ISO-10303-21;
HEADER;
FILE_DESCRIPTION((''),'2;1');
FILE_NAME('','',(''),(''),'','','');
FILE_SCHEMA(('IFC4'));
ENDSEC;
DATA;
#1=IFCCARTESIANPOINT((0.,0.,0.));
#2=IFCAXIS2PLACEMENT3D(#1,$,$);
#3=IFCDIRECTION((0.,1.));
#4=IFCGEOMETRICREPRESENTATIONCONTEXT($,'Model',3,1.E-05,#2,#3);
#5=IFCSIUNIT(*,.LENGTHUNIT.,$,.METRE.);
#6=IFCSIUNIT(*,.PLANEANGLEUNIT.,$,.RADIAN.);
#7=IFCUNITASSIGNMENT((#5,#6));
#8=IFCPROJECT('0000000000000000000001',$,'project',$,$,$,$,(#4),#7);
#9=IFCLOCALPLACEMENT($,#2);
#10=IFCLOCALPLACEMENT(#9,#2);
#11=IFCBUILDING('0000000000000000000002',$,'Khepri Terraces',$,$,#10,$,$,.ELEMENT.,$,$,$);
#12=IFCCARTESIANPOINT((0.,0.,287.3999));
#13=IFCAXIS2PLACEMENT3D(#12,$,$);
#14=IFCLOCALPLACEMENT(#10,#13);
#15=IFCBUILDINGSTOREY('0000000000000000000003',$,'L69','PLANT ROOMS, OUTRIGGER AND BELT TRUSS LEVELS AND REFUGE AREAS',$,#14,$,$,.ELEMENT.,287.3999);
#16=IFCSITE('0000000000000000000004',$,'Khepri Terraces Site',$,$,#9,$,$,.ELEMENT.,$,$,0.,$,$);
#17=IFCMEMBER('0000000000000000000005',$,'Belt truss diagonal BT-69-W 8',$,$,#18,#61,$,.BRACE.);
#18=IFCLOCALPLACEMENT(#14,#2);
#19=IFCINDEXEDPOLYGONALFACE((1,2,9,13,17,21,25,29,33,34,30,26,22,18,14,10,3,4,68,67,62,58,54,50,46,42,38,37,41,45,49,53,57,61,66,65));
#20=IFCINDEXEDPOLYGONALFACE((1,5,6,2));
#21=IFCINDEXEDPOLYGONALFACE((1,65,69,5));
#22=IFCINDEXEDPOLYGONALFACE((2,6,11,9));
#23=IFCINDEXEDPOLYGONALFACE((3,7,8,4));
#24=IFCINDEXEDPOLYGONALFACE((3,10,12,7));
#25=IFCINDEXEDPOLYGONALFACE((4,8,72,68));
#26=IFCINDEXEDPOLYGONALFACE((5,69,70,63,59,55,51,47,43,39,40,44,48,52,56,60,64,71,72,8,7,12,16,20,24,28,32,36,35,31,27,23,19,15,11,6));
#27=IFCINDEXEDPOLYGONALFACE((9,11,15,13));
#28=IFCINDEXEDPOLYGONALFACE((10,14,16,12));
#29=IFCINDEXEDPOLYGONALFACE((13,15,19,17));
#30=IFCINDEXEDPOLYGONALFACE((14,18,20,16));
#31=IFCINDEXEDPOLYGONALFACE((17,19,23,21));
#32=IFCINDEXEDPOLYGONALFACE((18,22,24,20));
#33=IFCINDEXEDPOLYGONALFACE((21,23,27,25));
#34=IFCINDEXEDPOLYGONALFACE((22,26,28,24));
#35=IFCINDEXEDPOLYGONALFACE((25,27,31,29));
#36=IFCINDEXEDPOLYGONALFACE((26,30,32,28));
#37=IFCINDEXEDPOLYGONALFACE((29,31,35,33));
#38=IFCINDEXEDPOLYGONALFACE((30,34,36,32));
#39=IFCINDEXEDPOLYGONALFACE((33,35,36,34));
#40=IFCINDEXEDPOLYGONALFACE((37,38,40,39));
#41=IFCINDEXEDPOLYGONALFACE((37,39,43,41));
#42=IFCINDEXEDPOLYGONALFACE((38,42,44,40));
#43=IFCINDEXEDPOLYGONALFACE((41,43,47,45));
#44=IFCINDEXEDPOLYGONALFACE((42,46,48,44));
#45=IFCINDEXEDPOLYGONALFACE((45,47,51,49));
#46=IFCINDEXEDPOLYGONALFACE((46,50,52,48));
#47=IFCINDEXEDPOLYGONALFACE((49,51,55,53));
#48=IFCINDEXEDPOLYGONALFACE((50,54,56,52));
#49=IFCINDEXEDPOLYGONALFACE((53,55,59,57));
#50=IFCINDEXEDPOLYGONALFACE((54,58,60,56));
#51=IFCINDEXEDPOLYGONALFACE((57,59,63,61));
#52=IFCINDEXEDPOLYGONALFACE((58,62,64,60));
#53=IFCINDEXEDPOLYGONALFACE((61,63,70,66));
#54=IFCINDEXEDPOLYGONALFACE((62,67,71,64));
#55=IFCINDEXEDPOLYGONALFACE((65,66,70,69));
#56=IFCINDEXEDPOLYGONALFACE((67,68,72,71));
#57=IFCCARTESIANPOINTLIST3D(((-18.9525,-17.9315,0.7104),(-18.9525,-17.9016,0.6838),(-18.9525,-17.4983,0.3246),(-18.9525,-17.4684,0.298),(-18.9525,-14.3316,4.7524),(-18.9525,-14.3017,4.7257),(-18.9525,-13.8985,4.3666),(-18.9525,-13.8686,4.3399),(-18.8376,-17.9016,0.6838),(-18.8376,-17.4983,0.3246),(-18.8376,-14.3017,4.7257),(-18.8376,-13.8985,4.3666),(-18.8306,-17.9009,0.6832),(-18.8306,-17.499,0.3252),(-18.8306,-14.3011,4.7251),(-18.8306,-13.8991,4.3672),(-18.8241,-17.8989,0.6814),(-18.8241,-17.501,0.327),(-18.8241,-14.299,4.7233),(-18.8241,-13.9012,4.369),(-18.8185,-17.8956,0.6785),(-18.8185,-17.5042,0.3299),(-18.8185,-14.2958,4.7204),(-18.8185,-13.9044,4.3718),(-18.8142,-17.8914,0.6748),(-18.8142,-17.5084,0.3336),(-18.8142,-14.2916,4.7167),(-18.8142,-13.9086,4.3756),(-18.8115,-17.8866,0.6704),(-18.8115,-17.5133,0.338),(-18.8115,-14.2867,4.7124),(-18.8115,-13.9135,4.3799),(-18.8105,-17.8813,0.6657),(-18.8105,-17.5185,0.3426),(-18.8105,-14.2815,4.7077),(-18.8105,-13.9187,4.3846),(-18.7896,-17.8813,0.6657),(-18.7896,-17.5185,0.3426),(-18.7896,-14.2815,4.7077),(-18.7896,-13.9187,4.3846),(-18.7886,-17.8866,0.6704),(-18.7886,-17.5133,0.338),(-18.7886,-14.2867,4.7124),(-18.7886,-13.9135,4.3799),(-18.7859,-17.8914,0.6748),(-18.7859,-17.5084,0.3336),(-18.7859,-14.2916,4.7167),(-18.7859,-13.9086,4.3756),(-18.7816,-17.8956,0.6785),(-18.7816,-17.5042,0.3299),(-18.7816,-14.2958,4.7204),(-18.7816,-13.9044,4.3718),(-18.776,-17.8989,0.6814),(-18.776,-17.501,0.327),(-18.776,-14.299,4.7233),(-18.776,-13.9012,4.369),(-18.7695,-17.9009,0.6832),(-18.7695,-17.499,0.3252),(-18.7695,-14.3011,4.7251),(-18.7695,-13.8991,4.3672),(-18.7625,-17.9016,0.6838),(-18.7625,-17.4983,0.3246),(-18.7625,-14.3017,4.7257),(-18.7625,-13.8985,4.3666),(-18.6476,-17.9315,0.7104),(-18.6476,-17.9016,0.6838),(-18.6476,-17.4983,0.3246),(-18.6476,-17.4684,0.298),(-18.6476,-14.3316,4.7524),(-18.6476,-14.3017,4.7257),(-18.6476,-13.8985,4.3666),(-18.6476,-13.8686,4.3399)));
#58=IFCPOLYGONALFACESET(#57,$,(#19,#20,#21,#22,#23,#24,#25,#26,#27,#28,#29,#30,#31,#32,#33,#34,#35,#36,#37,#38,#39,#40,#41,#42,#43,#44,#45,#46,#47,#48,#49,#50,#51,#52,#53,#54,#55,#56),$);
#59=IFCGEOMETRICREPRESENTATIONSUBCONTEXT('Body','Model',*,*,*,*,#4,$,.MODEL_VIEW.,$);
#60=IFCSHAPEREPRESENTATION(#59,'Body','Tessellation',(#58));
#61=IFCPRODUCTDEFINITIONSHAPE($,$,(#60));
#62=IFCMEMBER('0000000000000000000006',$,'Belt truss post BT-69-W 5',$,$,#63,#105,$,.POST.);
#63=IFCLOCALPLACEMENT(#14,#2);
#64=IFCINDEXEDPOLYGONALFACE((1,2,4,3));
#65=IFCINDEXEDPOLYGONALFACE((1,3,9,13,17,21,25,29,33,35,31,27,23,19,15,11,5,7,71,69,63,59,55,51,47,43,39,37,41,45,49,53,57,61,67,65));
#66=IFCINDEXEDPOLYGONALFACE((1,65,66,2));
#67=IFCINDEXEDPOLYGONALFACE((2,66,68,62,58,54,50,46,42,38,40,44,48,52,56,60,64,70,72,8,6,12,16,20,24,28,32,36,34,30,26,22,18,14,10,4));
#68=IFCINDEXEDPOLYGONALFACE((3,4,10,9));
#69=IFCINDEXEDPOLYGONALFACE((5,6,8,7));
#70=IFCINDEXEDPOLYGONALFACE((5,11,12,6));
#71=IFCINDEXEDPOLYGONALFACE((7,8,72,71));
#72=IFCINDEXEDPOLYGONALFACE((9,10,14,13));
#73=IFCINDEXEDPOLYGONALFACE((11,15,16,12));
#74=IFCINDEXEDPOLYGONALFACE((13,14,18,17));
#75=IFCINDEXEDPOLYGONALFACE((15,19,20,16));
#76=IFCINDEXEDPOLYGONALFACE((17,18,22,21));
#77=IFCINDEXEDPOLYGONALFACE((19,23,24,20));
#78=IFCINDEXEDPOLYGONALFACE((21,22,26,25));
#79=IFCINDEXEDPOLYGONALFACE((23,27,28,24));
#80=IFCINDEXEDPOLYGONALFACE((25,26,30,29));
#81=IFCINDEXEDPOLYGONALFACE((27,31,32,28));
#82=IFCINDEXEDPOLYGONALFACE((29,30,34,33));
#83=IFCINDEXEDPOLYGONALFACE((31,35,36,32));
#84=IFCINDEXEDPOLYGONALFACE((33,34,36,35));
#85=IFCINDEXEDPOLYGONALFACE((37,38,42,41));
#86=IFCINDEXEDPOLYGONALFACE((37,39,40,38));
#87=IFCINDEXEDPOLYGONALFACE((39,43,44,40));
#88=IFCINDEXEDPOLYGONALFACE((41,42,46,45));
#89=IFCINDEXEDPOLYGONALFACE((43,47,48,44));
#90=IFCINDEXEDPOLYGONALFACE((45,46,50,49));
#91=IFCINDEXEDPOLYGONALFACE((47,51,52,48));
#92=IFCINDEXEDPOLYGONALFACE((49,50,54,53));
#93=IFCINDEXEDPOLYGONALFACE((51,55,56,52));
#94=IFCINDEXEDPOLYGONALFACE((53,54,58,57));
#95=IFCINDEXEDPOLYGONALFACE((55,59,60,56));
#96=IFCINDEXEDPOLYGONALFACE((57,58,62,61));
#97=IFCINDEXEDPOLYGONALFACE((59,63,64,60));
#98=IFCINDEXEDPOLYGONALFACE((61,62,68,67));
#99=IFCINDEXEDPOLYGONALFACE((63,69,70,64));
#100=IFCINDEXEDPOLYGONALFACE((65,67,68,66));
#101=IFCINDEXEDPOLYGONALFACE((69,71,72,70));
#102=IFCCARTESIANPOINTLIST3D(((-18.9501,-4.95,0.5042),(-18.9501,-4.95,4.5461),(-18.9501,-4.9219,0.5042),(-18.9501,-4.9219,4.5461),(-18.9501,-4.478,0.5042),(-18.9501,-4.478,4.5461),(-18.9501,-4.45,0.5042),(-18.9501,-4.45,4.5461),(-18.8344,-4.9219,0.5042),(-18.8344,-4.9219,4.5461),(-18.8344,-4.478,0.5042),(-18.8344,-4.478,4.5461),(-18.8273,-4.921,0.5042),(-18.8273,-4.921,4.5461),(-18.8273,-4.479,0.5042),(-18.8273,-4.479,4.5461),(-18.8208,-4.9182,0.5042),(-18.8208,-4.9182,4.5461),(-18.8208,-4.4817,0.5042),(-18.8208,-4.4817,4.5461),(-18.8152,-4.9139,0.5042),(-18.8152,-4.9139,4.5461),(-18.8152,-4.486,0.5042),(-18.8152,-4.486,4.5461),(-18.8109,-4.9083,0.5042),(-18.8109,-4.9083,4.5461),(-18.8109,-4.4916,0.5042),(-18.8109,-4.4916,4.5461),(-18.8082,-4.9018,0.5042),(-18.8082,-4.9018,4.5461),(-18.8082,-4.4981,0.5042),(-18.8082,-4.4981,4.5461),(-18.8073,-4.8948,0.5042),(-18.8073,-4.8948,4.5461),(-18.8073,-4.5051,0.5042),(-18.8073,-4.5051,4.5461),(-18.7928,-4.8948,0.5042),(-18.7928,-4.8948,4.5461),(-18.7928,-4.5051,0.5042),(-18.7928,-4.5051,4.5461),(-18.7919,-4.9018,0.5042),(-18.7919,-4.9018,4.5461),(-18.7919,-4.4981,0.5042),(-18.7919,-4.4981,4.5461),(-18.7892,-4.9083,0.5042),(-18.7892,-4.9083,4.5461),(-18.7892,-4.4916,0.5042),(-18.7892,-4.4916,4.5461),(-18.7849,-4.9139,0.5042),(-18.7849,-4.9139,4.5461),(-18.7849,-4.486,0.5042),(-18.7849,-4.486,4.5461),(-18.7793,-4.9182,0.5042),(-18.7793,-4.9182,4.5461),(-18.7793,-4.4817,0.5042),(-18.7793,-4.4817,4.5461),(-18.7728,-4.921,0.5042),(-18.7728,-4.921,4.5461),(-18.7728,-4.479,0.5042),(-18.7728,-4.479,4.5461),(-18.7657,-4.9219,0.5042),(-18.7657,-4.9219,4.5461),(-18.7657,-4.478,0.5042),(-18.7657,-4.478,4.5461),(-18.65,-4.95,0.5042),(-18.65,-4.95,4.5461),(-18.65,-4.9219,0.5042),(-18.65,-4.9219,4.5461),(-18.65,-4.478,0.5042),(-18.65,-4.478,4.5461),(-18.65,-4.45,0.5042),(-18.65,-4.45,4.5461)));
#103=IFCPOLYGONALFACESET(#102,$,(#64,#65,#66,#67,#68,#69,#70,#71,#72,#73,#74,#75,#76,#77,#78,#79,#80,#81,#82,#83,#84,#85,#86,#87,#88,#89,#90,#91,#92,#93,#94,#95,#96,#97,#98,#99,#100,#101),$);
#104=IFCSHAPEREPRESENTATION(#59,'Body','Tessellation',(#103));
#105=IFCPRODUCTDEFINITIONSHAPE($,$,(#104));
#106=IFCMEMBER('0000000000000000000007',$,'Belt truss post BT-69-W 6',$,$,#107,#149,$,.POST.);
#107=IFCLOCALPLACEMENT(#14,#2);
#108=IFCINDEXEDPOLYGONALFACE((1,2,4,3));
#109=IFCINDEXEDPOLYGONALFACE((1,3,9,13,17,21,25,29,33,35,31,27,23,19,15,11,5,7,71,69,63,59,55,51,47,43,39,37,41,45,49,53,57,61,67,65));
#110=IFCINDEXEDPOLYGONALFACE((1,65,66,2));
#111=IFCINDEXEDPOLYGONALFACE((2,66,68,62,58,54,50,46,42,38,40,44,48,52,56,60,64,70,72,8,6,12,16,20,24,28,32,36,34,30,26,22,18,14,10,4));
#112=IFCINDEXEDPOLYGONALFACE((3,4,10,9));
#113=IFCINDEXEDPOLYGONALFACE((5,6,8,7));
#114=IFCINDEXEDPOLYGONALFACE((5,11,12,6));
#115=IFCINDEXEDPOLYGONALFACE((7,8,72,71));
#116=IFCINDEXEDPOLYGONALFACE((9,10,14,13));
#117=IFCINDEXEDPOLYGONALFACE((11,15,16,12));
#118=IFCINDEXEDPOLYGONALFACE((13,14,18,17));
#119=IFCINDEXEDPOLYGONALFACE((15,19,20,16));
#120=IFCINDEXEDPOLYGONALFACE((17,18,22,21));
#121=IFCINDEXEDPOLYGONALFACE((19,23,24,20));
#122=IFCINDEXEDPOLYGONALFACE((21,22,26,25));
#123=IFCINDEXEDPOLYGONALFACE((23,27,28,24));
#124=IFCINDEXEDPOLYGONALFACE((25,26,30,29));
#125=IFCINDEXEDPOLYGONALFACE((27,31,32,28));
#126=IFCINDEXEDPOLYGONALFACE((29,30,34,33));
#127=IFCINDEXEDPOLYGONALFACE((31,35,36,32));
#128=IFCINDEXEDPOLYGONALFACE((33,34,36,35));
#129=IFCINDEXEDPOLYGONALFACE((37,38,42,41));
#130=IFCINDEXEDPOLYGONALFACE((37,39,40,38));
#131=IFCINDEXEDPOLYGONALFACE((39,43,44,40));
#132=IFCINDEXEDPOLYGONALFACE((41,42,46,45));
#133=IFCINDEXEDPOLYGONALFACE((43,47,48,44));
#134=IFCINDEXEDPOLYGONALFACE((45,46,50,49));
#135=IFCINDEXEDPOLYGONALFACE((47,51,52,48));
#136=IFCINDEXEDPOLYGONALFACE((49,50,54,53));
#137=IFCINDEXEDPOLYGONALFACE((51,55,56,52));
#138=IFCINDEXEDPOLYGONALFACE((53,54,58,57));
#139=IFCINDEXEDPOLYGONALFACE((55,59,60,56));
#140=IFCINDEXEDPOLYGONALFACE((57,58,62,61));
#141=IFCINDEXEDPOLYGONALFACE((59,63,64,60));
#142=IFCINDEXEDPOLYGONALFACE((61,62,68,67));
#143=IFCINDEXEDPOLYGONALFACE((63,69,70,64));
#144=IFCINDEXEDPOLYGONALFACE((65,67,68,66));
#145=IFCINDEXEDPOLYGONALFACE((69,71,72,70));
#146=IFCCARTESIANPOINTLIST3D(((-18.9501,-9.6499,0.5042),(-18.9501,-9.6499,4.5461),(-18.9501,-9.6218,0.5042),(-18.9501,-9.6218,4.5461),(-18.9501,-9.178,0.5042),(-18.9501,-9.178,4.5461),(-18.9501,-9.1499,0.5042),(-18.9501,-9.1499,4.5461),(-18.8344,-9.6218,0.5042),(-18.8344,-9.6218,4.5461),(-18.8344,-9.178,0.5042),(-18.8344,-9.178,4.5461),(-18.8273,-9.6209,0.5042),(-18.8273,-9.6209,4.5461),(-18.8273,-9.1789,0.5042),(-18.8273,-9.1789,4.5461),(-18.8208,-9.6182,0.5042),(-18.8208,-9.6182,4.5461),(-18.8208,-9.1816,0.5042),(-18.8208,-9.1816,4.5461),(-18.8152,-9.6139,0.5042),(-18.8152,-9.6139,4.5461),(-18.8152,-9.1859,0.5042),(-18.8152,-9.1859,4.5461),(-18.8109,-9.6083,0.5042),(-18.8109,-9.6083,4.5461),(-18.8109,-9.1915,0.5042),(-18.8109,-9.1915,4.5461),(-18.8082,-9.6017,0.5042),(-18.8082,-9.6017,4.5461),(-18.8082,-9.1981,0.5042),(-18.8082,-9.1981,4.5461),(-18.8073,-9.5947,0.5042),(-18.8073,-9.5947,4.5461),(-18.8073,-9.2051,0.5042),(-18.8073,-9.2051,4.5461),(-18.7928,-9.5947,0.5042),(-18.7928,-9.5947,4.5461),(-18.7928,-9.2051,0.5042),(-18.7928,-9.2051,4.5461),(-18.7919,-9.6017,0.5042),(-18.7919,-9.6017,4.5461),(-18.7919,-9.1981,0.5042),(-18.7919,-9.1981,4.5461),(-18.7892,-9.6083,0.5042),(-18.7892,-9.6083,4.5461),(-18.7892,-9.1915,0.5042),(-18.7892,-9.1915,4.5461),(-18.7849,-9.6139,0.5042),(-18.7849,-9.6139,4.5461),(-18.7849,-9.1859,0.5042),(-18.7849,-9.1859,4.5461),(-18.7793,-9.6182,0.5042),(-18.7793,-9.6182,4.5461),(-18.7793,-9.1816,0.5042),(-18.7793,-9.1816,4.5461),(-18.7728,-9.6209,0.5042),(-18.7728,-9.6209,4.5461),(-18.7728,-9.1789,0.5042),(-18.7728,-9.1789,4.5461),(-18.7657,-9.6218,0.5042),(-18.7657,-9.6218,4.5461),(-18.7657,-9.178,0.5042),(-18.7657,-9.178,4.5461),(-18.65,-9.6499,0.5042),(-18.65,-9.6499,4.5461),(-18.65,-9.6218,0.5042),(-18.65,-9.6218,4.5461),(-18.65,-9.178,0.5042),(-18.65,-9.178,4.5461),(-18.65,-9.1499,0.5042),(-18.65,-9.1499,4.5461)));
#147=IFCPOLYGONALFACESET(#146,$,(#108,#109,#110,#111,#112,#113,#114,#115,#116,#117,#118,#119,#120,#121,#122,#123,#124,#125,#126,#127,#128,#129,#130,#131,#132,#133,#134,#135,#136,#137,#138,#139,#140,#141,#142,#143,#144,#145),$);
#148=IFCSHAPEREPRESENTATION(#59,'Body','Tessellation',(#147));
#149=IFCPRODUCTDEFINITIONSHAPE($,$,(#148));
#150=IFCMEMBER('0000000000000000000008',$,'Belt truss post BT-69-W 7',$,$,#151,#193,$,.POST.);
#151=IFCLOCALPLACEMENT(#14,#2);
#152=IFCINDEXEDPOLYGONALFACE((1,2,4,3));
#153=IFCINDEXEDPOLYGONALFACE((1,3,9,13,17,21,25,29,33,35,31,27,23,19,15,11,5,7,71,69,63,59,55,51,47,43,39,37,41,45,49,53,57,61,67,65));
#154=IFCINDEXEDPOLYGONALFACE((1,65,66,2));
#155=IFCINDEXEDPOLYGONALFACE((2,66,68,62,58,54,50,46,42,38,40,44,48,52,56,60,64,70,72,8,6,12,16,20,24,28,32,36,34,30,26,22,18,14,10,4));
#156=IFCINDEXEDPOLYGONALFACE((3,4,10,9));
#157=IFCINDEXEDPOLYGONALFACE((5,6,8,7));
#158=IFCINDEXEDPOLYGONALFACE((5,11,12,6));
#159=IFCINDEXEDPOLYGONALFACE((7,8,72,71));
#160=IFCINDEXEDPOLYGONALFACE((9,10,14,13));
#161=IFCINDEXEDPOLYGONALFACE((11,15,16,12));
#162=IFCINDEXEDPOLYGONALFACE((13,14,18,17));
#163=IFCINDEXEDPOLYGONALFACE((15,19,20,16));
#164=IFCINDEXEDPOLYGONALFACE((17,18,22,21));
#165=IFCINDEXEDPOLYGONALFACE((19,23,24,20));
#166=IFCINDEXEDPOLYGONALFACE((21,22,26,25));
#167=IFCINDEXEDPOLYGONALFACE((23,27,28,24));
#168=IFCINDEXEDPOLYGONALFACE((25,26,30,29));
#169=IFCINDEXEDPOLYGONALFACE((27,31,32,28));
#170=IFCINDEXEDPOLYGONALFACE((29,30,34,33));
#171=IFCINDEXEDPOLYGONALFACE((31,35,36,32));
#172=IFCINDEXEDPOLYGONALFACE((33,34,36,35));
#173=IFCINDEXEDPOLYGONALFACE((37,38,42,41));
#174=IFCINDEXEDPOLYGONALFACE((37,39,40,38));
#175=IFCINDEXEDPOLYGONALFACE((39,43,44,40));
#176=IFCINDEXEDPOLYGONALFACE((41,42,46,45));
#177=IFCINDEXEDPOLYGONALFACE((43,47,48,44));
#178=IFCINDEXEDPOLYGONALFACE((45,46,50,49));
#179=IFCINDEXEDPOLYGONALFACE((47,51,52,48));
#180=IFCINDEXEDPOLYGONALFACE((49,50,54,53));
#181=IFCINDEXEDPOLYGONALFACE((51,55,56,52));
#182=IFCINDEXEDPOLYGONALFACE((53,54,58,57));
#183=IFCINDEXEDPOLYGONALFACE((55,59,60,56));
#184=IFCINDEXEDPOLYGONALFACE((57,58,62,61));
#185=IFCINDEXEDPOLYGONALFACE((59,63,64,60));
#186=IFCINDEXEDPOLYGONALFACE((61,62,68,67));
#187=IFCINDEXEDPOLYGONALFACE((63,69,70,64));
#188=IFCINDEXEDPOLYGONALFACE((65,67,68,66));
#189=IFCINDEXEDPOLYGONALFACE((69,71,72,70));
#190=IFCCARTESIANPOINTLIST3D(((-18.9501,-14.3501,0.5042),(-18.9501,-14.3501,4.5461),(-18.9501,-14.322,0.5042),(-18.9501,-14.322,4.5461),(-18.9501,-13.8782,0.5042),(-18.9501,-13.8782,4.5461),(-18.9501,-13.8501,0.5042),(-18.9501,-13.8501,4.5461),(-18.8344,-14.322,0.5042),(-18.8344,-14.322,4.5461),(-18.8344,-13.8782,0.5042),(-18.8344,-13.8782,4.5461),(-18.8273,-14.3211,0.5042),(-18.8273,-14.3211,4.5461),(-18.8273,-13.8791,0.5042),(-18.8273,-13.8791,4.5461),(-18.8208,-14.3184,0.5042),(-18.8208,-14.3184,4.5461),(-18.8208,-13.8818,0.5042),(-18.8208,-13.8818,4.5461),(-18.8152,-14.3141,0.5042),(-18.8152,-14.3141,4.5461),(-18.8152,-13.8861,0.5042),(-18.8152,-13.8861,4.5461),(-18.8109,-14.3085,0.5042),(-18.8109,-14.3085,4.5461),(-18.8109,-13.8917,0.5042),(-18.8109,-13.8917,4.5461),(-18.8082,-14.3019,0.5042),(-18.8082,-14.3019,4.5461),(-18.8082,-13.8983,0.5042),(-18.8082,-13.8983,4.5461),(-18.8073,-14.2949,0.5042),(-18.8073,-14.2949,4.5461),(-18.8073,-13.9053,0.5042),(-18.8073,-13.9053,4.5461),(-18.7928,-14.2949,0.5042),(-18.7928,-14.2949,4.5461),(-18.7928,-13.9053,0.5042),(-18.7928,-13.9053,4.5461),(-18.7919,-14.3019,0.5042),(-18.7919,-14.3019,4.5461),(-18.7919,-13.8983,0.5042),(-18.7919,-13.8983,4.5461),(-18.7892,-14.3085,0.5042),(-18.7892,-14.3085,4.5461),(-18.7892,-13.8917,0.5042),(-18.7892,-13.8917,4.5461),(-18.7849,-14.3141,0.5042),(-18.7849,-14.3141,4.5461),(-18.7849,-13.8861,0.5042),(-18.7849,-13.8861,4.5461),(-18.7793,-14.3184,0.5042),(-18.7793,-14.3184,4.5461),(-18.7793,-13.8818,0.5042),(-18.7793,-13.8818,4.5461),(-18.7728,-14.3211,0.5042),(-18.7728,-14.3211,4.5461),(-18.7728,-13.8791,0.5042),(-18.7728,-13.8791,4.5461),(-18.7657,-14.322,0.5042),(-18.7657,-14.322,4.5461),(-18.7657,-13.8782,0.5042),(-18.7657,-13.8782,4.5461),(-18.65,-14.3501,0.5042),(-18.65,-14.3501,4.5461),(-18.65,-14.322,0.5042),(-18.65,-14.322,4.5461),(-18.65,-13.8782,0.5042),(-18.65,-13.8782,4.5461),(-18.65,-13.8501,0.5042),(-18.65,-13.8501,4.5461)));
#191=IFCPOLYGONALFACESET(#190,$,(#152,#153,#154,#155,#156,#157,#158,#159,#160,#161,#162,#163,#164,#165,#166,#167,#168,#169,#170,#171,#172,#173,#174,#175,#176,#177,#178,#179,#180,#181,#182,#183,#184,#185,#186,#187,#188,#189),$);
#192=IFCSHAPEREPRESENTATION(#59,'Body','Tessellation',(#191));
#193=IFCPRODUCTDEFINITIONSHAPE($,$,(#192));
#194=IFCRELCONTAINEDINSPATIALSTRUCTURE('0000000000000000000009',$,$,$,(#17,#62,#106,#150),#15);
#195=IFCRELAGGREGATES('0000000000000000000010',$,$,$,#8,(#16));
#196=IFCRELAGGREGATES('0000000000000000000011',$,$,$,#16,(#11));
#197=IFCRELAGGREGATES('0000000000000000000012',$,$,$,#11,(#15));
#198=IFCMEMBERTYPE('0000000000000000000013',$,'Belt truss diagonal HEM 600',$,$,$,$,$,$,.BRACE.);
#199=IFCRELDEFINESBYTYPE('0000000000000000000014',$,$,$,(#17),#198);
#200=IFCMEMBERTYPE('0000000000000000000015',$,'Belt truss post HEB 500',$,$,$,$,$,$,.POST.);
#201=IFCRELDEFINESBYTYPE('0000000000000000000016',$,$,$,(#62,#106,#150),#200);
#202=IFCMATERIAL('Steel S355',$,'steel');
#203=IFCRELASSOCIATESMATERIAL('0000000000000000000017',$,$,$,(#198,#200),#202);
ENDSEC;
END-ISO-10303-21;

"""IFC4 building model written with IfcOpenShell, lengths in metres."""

from ifc_helpers import new_model, si_unit, direction, frame, origin, origin_2d, place, context, subcontext, project, spatial, i_section, extrude, material, material_profile, profile_set, type_object, element, save


model = new_model("IFC4")

# Units and contexts
model_context = context("Model", 3, precision=1e-05, world=origin(), true_north=direction((0.0, 1.0)))
body_context = subcontext(model_context, "Body", "Model", "MODEL_VIEW")
ifc_project = project(units=[si_unit("LENGTHUNIT", "METRE"), si_unit("PLANEANGLEUNIT", "RADIAN")], contexts=[model_context])

# Site, building, storey
site_placement = place(None, origin())
site = spatial("IfcSite", under=ifc_project, at=site_placement, Name="Khepri Terraces Site", CompositionType="ELEMENT", RefElevation=0.0)
building_placement = place(site_placement, origin())
building = spatial("IfcBuilding", under=site, at=building_placement, Name="Khepri Terraces", CompositionType="ELEMENT")
storey_placement = place(building_placement, frame((0.0, 0.0, 287.3999)))
storey = spatial("IfcBuildingStorey", under=building, at=storey_placement, Name="L69", Description="PLANT ROOMS, OUTRIGGER AND BELT TRUSS LEVELS AND REFUGE AREAS", CompositionType="ELEMENT", Elevation=287.3999)

# Members
ifc_material_1 = material(Name="Steel S355", Category="steel")
ifc_material_profile_1 = material_profile(ifc_material_1, i_section(OverallWidth=0.3049, OverallDepth=0.6201, WebThickness=0.021, FlangeThickness=0.04, FilletRadius=0.0271, at=origin_2d()), Name="Steel S355", Category="steel")
ifc_profile_set_1 = profile_set([ifc_material_profile_1], Name="Steel S355")
member_type_1 = type_object("IfcMemberType", Name="Belt truss diagonal HEM 600", PredefinedType="BRACE", material=ifc_profile_set_1)
member_1_placement = place(storey_placement, frame((-18.8, -14.1001, 4.5461), z_axis=(0.0, -0.665083, -0.746769), x_axis=(1.0, 0.0, 0.0)))
element("IfcMember", 1, at=member_1_placement, inside=storey, type_object=member_type_1, Name="Belt truss diagonal BT-69-W 8", PredefinedType="BRACE", context=body_context, shape_type="SweptSolid", body=[
    extrude(i_section(OverallWidth=0.3049, OverallDepth=0.6201, WebThickness=0.021, FlangeThickness=0.04, FilletRadius=0.0271, at=origin_2d()), origin(), (0.0, 0.0, 1.0), 5.4126),
])
ifc_material_profile_2 = material_profile(ifc_material_1, i_section(OverallWidth=0.3, OverallDepth=0.5, WebThickness=0.0144, FlangeThickness=0.0281, FilletRadius=0.0271, at=origin_2d()), Name="Steel S355", Category="steel")
ifc_profile_set_2 = profile_set([ifc_material_profile_2], Name="Steel S355")
member_type_2 = type_object("IfcMemberType", Name="Belt truss post HEB 500", PredefinedType="POST", material=ifc_profile_set_2)
for number, where, z_axis, x_axis, name in (
    (2, (-18.8, -4.7, 0.5042), (0.0, 0.0, 1.0), (1.0, 0.0, 0.0), "Belt truss post BT-69-W 5"),
    (3, (-18.8, -9.3999, 0.5042), (0.0, 0.0, 1.0), (1.0, 0.0, 0.0), "Belt truss post BT-69-W 6"),
    (4, (-18.8, -14.1001, 0.5042), (0.0, 0.0, 1.0), (1.0, 0.0, 0.0), "Belt truss post BT-69-W 7"),
):
    element("IfcMember", number, at=place(storey_placement, frame(where, z_axis=z_axis, x_axis=x_axis)), inside=storey, type_object=member_type_2, Name=name, PredefinedType="POST", context=body_context, shape_type="SweptSolid", body=[
        extrude(i_section(OverallWidth=0.3, OverallDepth=0.5, WebThickness=0.0144, FlangeThickness=0.0281, FilletRadius=0.0271, at=origin_2d()), origin(), (0.0, 0.0, 1.0), 4.042),
    ])

save(model, "model.ifc")
